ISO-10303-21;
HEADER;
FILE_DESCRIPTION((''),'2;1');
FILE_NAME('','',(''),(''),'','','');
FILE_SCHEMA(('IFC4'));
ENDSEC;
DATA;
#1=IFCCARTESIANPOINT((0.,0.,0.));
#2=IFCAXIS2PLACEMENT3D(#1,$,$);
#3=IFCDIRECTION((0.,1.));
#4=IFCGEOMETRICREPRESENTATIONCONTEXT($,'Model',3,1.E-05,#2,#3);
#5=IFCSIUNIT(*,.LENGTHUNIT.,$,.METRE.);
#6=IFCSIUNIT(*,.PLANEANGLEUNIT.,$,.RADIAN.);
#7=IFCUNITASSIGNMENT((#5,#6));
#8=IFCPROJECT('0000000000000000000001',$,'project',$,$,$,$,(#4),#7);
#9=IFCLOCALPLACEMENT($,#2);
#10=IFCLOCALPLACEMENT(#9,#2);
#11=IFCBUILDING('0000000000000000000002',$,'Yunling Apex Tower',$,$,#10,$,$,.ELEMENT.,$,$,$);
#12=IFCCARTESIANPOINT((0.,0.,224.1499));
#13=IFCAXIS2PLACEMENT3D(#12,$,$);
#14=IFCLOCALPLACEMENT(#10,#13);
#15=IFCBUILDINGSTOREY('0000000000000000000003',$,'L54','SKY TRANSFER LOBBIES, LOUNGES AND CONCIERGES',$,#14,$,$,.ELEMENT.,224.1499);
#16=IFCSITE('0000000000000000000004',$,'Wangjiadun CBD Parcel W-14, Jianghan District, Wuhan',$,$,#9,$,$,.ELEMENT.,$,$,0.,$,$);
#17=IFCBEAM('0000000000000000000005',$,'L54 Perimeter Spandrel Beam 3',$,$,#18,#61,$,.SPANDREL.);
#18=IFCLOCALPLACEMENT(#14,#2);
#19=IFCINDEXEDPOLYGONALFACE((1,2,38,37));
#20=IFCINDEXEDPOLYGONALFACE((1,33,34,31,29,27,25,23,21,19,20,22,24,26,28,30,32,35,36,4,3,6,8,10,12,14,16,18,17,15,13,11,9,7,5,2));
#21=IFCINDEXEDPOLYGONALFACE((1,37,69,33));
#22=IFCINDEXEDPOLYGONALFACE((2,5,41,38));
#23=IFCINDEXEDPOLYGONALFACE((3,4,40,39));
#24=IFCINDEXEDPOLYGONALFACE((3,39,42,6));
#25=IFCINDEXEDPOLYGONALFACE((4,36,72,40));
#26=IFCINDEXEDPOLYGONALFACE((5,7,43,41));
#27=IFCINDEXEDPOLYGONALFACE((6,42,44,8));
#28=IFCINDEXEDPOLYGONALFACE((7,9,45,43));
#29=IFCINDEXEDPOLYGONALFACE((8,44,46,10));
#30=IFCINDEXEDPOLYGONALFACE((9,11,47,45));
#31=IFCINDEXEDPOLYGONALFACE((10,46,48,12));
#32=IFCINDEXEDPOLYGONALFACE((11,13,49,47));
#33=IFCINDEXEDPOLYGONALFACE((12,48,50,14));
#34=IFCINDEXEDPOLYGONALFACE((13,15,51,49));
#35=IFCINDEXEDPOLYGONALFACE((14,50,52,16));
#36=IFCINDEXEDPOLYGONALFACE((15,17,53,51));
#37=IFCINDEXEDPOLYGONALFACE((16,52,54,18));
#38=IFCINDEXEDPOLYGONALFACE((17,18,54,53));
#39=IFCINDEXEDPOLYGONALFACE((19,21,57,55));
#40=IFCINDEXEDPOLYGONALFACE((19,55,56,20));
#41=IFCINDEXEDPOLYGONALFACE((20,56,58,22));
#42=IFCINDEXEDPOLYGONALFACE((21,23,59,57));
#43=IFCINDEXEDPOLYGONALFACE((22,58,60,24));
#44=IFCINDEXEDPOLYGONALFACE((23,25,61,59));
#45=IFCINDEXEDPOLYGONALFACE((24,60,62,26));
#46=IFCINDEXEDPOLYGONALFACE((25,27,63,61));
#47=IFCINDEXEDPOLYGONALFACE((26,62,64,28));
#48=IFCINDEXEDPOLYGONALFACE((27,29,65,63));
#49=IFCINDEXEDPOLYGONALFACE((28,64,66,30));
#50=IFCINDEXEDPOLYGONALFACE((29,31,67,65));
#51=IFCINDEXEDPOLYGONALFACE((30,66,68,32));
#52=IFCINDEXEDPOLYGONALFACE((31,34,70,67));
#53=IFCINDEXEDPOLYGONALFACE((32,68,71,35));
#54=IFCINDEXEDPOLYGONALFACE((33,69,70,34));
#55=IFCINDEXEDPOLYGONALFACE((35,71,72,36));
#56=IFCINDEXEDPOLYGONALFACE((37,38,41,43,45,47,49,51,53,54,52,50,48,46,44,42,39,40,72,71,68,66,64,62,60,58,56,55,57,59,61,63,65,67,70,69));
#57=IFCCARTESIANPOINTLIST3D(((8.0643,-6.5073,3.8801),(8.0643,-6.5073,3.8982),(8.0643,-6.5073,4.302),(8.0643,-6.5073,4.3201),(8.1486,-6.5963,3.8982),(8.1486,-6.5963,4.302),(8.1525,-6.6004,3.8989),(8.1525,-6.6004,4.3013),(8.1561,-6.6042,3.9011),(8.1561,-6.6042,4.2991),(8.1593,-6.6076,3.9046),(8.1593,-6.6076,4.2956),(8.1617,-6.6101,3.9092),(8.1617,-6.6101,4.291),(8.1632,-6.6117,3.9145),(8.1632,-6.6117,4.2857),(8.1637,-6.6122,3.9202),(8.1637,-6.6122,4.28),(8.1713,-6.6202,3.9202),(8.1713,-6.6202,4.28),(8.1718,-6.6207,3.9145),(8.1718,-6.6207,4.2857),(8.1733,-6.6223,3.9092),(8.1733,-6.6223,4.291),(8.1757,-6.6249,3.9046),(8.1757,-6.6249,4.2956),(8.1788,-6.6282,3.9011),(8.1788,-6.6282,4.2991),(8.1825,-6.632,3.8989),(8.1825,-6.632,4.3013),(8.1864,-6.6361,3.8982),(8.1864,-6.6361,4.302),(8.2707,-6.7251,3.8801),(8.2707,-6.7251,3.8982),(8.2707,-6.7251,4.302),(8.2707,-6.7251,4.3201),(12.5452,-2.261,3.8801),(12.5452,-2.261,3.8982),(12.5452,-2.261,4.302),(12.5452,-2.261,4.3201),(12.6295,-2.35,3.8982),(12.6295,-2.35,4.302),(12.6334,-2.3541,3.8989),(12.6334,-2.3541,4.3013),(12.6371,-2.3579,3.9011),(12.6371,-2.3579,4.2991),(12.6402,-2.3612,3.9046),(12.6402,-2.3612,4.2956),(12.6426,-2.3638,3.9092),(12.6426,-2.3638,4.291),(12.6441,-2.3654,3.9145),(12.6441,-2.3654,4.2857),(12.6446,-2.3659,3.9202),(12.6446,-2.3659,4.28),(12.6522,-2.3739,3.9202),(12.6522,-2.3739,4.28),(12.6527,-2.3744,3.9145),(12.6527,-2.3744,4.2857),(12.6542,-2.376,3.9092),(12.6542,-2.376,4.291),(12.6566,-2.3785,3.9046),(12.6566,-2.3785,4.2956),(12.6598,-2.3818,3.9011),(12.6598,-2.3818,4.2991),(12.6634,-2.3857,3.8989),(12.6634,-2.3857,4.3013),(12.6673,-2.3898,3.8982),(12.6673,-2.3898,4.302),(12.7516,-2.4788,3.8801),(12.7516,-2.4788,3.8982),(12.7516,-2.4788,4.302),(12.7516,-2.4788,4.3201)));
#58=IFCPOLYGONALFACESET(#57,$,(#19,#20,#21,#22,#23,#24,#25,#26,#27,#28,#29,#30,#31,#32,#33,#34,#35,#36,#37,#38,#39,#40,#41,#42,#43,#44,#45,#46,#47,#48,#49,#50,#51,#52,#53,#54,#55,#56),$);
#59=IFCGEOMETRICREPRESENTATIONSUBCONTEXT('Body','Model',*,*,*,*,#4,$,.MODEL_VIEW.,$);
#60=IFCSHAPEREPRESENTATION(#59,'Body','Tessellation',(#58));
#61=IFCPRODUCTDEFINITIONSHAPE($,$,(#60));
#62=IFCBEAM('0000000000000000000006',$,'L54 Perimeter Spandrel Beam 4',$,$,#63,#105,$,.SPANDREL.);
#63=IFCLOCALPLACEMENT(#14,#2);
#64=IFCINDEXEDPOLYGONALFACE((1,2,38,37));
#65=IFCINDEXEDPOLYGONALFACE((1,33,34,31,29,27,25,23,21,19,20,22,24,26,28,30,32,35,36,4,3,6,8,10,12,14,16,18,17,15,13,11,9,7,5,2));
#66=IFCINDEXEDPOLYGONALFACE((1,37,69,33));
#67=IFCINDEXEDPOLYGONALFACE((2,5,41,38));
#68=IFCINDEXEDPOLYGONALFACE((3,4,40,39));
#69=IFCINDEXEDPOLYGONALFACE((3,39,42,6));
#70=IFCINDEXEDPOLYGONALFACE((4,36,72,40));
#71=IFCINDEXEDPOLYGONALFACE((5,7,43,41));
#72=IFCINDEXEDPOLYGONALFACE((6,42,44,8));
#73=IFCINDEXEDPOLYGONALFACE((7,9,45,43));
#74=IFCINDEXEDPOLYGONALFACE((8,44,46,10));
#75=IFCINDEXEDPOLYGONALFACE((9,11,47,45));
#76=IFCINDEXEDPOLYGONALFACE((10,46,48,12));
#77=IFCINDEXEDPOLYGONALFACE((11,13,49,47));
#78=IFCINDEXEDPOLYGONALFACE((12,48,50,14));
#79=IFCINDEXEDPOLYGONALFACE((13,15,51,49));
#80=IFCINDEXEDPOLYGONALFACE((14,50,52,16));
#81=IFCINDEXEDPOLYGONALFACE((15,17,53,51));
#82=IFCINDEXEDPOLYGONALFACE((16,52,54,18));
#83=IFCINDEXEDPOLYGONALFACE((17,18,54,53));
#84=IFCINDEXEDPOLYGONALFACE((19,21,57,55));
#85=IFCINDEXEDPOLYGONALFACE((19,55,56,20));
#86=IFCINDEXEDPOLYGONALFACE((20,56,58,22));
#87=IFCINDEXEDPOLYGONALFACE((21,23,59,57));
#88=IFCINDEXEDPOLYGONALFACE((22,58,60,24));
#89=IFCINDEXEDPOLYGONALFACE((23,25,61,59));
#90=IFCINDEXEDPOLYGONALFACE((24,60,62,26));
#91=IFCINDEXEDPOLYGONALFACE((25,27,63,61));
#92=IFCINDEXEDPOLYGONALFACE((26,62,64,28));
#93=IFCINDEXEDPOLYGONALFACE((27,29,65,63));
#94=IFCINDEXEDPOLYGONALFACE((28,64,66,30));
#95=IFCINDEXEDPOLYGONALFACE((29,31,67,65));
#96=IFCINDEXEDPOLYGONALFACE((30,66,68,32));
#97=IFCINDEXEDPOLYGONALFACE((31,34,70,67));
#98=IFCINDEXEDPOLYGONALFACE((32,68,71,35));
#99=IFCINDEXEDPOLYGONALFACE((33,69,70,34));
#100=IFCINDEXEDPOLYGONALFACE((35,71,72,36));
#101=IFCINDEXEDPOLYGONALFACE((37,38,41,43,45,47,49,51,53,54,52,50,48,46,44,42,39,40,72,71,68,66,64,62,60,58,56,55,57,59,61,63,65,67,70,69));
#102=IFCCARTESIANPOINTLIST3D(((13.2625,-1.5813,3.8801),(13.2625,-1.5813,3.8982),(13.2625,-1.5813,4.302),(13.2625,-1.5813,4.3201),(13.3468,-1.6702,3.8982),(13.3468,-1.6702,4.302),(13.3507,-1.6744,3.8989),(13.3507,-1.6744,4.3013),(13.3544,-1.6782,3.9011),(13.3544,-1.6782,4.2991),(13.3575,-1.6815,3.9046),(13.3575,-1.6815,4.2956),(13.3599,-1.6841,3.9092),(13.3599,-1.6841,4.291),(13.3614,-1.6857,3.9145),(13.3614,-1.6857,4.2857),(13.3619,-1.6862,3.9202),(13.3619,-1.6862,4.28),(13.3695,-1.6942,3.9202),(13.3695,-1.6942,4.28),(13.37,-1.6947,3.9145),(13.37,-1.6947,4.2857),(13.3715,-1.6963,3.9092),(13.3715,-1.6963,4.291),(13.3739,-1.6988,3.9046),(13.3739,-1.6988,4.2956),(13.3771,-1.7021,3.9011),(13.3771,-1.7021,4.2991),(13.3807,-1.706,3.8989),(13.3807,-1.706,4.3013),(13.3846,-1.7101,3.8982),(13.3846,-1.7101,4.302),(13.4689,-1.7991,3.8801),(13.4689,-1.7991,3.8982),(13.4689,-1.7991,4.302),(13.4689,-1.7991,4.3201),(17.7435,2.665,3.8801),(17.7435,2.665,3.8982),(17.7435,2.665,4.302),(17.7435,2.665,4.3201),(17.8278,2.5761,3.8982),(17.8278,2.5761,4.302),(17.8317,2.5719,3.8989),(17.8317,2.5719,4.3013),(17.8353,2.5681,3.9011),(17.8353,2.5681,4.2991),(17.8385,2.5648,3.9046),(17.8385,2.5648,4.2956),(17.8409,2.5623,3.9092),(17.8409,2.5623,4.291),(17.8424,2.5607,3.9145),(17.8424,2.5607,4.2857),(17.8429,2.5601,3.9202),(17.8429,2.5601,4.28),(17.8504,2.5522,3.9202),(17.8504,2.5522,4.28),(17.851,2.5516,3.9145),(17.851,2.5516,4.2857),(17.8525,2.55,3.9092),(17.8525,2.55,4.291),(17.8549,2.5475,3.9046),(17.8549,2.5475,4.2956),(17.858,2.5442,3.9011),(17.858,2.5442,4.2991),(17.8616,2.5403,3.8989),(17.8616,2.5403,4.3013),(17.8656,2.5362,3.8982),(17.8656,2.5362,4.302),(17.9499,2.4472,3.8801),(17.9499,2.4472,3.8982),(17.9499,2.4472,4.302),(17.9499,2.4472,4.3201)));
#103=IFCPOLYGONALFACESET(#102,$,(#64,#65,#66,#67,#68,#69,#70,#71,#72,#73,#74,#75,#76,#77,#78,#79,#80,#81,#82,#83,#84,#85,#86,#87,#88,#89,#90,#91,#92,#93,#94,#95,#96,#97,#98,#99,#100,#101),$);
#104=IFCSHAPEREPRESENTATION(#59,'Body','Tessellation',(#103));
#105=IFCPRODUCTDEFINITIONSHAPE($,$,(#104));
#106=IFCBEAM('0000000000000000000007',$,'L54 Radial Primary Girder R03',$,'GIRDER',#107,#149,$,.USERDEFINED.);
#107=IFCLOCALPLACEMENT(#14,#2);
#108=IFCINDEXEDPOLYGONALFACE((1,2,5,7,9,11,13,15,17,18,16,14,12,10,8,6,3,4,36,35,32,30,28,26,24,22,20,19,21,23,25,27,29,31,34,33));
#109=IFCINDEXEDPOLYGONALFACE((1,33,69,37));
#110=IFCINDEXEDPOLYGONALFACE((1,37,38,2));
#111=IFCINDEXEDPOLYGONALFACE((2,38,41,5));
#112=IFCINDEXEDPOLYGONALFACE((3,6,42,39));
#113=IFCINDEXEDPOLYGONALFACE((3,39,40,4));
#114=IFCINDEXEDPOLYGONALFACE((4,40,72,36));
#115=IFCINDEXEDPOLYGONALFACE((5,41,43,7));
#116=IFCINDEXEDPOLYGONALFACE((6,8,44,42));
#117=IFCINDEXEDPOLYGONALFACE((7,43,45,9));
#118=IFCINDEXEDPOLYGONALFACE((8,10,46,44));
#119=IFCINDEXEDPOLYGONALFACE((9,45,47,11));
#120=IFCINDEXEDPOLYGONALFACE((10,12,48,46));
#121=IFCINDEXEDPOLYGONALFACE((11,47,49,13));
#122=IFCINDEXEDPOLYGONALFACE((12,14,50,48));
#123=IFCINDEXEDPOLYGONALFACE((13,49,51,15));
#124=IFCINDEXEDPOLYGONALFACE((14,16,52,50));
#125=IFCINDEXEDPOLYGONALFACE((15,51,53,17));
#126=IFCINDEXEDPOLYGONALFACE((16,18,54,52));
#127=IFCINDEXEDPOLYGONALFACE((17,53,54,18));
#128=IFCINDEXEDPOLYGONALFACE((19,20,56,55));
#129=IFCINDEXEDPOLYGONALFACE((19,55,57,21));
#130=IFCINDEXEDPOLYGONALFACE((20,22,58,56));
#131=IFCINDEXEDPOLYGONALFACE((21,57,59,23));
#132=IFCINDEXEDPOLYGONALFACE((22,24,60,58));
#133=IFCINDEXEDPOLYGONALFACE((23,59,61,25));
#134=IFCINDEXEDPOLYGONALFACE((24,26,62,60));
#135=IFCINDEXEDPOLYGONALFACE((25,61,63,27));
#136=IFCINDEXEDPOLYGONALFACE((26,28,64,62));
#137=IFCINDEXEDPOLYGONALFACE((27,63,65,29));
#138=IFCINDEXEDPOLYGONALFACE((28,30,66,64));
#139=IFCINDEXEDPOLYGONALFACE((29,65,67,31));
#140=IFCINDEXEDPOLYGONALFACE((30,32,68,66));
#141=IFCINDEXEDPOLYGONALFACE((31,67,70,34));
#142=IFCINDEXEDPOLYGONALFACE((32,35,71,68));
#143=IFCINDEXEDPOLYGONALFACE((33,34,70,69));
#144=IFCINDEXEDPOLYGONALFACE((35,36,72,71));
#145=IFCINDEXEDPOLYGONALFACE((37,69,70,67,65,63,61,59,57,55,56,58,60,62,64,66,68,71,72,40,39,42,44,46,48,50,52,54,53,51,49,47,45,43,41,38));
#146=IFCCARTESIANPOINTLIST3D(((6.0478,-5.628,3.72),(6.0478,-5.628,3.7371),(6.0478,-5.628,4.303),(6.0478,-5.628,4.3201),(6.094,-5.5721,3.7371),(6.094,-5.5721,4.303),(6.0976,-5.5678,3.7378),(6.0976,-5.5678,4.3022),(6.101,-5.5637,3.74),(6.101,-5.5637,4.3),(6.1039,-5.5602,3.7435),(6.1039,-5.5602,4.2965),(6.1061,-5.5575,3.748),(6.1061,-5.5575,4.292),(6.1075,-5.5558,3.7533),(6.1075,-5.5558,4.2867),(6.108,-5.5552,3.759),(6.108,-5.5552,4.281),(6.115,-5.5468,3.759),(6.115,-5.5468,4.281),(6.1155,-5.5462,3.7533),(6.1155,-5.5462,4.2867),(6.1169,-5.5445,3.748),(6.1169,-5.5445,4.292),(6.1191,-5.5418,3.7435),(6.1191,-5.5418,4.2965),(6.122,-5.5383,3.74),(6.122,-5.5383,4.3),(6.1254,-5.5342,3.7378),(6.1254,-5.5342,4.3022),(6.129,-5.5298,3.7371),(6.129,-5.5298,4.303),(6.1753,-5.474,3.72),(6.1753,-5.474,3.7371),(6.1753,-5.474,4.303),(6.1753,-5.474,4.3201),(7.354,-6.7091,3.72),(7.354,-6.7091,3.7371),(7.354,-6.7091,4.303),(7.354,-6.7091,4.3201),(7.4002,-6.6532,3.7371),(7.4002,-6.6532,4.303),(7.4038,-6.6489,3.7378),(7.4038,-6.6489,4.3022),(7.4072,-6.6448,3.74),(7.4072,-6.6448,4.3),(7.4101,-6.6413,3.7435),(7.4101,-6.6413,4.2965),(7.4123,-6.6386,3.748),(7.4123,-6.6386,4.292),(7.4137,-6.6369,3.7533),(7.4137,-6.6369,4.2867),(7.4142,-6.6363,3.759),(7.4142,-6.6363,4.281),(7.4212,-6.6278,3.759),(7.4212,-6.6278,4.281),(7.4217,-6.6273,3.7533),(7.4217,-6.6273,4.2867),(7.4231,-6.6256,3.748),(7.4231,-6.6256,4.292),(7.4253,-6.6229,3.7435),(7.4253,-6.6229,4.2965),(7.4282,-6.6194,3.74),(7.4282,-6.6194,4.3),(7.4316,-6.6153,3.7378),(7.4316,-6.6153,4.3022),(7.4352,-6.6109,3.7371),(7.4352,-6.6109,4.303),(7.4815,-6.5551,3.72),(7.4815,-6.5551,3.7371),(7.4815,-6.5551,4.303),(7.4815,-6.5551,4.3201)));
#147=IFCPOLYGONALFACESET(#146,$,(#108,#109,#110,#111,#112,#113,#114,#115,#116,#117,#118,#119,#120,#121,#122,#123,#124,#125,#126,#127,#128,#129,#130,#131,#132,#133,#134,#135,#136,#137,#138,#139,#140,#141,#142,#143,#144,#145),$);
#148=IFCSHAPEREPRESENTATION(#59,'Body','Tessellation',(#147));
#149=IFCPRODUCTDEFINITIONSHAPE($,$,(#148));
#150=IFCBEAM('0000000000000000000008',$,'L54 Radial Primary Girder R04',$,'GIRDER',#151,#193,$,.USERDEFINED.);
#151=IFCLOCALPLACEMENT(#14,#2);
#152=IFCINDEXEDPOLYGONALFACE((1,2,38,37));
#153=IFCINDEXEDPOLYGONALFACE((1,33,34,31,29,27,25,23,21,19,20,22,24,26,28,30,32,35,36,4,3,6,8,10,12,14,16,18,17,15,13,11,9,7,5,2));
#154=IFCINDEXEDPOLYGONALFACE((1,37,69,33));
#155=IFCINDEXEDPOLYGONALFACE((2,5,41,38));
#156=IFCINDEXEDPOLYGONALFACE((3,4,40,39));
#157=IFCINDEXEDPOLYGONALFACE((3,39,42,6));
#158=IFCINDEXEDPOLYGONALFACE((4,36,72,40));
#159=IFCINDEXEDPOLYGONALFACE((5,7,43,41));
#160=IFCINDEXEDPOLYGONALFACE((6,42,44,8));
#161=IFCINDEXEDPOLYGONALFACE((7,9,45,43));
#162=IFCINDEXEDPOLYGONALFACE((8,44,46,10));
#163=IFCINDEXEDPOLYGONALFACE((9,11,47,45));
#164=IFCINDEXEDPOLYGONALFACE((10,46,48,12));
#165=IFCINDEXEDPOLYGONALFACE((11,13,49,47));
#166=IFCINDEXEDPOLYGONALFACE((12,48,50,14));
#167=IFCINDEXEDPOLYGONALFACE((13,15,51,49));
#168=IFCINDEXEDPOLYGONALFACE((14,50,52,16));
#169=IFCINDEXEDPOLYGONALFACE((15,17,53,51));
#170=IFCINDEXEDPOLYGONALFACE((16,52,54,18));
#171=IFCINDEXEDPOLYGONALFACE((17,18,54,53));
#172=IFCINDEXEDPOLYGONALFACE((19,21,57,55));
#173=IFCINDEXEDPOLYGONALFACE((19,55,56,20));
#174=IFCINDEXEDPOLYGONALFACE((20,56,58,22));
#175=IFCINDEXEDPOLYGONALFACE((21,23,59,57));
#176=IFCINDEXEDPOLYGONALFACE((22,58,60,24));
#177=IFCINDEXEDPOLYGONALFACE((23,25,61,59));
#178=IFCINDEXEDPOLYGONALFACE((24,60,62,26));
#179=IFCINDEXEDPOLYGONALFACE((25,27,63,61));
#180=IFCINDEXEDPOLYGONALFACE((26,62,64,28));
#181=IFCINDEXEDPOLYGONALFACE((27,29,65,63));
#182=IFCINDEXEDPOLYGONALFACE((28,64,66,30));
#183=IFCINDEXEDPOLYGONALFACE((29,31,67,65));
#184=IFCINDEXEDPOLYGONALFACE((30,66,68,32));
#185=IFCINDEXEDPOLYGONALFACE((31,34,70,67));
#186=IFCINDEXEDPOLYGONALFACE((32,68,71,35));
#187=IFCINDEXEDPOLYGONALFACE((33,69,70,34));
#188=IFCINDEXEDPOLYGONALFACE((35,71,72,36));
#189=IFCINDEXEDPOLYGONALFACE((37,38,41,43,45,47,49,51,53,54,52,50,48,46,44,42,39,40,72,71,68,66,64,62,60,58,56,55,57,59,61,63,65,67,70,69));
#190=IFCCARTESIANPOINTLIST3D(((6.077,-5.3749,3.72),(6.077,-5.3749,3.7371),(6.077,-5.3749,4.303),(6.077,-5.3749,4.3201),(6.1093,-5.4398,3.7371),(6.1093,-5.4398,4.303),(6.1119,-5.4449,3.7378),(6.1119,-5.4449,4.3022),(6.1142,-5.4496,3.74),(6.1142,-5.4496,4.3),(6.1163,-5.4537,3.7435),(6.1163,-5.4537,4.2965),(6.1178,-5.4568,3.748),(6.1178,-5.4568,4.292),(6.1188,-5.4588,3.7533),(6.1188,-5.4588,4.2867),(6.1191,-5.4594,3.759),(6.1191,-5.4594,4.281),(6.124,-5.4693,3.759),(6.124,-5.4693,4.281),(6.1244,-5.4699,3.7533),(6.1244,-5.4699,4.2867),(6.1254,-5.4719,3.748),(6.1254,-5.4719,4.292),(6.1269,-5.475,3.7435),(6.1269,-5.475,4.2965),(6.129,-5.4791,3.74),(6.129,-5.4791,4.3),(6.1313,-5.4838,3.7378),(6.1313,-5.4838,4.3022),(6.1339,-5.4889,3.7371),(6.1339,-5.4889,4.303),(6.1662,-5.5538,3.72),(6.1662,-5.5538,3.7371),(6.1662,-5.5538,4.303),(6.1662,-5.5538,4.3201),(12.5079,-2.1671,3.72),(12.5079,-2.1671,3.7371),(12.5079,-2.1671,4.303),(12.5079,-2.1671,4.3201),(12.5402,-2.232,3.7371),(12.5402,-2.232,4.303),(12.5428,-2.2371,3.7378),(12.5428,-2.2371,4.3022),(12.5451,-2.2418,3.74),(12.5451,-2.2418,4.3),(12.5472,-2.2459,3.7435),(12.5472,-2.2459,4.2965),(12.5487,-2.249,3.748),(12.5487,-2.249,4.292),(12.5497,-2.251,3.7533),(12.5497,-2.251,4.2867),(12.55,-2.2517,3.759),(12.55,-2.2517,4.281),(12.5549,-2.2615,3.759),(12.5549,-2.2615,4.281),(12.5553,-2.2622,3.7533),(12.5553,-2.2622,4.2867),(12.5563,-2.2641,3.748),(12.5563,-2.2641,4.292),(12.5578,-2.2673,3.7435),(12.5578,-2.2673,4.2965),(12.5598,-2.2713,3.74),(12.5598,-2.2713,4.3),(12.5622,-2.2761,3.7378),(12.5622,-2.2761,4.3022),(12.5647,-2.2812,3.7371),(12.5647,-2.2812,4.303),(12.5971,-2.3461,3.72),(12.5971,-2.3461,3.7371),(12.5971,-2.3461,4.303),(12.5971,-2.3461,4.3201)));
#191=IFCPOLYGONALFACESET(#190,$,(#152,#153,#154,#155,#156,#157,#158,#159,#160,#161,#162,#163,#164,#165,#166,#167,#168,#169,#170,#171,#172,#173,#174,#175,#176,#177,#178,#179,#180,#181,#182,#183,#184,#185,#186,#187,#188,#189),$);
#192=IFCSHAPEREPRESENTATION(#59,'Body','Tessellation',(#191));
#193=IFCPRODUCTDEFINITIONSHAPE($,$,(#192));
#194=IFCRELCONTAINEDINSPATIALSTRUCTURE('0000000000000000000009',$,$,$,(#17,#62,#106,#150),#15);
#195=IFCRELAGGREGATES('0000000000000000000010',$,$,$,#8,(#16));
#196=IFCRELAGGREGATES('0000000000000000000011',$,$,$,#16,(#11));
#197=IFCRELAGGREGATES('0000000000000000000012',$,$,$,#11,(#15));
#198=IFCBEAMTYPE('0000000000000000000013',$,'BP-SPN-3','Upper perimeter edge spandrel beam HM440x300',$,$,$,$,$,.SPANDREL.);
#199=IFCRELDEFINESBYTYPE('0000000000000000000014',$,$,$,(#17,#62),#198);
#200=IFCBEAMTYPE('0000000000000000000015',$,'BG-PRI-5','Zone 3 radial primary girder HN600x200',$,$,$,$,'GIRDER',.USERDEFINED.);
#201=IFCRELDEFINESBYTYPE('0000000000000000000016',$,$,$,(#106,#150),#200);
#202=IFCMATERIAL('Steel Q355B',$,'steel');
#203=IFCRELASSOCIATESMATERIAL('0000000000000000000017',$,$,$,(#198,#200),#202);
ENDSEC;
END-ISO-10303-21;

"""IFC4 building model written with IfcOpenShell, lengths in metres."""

from ifc_helpers import new_model, si_unit, direction, frame, origin, origin_2d, place, context, subcontext, project, spatial, i_section, extrude, source, transform, mapped, material, material_profile, profile_set, type_object, element, save


model = new_model("IFC4")

# Units and contexts
model_context = context("Model", 3, precision=1e-05, world=origin(), true_north=direction((0.0, 1.0)))
body_context = subcontext(model_context, "Body", "Model", "MODEL_VIEW")
ifc_project = project(units=[si_unit("LENGTHUNIT", "METRE"), si_unit("PLANEANGLEUNIT", "RADIAN")], contexts=[model_context])

# Site, building, storey
site_placement = place(None, origin())
site = spatial("IfcSite", under=ifc_project, at=site_placement, Name="Wangjiadun CBD Parcel W-14, Jianghan District, Wuhan", CompositionType="ELEMENT", RefElevation=0.0)
building_placement = place(site_placement, origin())
building = spatial("IfcBuilding", under=site, at=building_placement, Name="Yunling Apex Tower", CompositionType="ELEMENT")
storey_placement = place(building_placement, frame((0.0, 0.0, 224.1499)))
storey = spatial("IfcBuildingStorey", under=building, at=storey_placement, Name="L54", Description="SKY TRANSFER LOBBIES, LOUNGES AND CONCIERGES", CompositionType="ELEMENT", Elevation=224.1499)

# Beams
ifc_material_1 = material(Name="Steel Q355B", Category="steel")
ifc_material_profile_1 = material_profile(ifc_material_1, i_section(OverallWidth=0.3, OverallDepth=0.4399, WebThickness=0.011, FlangeThickness=0.0181, FilletRadius=0.022, at=origin_2d()))
ifc_profile_set_1 = profile_set([ifc_material_profile_1], Name="Steel Q355B")
beam_type_1 = type_object("IfcBeamType", Name="BP-SPN-3", Description="Upper perimeter edge spandrel beam HM440x300", PredefinedType="SPANDREL", material=ifc_profile_set_1)
shared_shape_1 = source(origin(), body_context, "Body", "SweptSolid", [
    extrude(i_section(OverallWidth=0.3, OverallDepth=0.4399, WebThickness=0.011, FlangeThickness=0.0181, FilletRadius=0.022, at=origin_2d()), origin(), (0.0, 0.0, 1.0), 6.1733),
])
for number, where, z_axis, x_axis, name in (
    (1, (8.1675, -6.6162, 4.1001), (0.725854, 0.687849, 0.0), (-0.687849, 0.725854, 0.0), "L54 Perimeter Spandrel Beam 3"),
    (2, (13.3657, -1.6902, 4.1001), (0.725854, 0.687849, 0.0), (-0.687849, 0.725854, 0.0), "L54 Perimeter Spandrel Beam 4"),
):
    element("IfcBeam", number, at=place(storey_placement, frame(where, z_axis=z_axis, x_axis=x_axis)), inside=storey, type_object=beam_type_1, Name=name, PredefinedType="SPANDREL", context=body_context, shape_type="MappedRepresentation", body=[
        mapped(shared_shape_1, transform((0.0, 0.0, 0.0), scale=1.0)),
    ])
ifc_material_profile_2 = material_profile(ifc_material_1, i_section(OverallWidth=0.2, OverallDepth=0.6001, WebThickness=0.011, FlangeThickness=0.0171, FilletRadius=0.022, at=origin_2d()))
ifc_profile_set_2 = profile_set([ifc_material_profile_2], Name="Steel Q355B")
beam_type_2 = type_object("IfcBeamType", Name="BG-PRI-5", Description="Zone 3 radial primary girder HN600x200", ElementType="GIRDER", PredefinedType="USERDEFINED", material=ifc_profile_set_2)
shared_shape_2 = source(origin(), body_context, "Body", "SweptSolid", [
    extrude(i_section(OverallWidth=0.2, OverallDepth=0.6001, WebThickness=0.011, FlangeThickness=0.0171, FilletRadius=0.022, at=origin_2d()), origin(), (0.0, 0.0, 1.0), 1.6956),
])
beam_1_placement = place(storey_placement, frame((7.4177, -6.6321, 4.02), z_axis=(-0.770365, 0.637603, 0.0), x_axis=(-0.637603, -0.770365, 0.0)))
element("IfcBeam", 3, at=beam_1_placement, inside=storey, type_object=beam_type_2, Name="L54 Radial Primary Girder R03", ObjectType="GIRDER", PredefinedType="USERDEFINED", context=body_context, shape_type="MappedRepresentation", body=[
    mapped(shared_shape_2, transform((0.0, 0.0, 0.0), scale=1.0)),
])
shared_shape_3 = source(origin(), body_context, "Body", "SweptSolid", [
    extrude(i_section(OverallWidth=0.2, OverallDepth=0.6001, WebThickness=0.011, FlangeThickness=0.0171, FilletRadius=0.022, at=origin_2d()), origin(), (0.0, 0.0, 1.0), 7.1865),
])
beam_2_placement = place(storey_placement, frame((12.5525, -2.2566, 4.02), z_axis=(-0.894855, -0.446357, 0.0), x_axis=(0.446357, -0.894855, 0.0)))
element("IfcBeam", 4, at=beam_2_placement, inside=storey, type_object=beam_type_2, Name="L54 Radial Primary Girder R04", ObjectType="GIRDER", PredefinedType="USERDEFINED", context=body_context, shape_type="MappedRepresentation", body=[
    mapped(shared_shape_3, transform((0.0, 0.0, 0.0), scale=1.0)),
])

save(model, "model.ifc")
